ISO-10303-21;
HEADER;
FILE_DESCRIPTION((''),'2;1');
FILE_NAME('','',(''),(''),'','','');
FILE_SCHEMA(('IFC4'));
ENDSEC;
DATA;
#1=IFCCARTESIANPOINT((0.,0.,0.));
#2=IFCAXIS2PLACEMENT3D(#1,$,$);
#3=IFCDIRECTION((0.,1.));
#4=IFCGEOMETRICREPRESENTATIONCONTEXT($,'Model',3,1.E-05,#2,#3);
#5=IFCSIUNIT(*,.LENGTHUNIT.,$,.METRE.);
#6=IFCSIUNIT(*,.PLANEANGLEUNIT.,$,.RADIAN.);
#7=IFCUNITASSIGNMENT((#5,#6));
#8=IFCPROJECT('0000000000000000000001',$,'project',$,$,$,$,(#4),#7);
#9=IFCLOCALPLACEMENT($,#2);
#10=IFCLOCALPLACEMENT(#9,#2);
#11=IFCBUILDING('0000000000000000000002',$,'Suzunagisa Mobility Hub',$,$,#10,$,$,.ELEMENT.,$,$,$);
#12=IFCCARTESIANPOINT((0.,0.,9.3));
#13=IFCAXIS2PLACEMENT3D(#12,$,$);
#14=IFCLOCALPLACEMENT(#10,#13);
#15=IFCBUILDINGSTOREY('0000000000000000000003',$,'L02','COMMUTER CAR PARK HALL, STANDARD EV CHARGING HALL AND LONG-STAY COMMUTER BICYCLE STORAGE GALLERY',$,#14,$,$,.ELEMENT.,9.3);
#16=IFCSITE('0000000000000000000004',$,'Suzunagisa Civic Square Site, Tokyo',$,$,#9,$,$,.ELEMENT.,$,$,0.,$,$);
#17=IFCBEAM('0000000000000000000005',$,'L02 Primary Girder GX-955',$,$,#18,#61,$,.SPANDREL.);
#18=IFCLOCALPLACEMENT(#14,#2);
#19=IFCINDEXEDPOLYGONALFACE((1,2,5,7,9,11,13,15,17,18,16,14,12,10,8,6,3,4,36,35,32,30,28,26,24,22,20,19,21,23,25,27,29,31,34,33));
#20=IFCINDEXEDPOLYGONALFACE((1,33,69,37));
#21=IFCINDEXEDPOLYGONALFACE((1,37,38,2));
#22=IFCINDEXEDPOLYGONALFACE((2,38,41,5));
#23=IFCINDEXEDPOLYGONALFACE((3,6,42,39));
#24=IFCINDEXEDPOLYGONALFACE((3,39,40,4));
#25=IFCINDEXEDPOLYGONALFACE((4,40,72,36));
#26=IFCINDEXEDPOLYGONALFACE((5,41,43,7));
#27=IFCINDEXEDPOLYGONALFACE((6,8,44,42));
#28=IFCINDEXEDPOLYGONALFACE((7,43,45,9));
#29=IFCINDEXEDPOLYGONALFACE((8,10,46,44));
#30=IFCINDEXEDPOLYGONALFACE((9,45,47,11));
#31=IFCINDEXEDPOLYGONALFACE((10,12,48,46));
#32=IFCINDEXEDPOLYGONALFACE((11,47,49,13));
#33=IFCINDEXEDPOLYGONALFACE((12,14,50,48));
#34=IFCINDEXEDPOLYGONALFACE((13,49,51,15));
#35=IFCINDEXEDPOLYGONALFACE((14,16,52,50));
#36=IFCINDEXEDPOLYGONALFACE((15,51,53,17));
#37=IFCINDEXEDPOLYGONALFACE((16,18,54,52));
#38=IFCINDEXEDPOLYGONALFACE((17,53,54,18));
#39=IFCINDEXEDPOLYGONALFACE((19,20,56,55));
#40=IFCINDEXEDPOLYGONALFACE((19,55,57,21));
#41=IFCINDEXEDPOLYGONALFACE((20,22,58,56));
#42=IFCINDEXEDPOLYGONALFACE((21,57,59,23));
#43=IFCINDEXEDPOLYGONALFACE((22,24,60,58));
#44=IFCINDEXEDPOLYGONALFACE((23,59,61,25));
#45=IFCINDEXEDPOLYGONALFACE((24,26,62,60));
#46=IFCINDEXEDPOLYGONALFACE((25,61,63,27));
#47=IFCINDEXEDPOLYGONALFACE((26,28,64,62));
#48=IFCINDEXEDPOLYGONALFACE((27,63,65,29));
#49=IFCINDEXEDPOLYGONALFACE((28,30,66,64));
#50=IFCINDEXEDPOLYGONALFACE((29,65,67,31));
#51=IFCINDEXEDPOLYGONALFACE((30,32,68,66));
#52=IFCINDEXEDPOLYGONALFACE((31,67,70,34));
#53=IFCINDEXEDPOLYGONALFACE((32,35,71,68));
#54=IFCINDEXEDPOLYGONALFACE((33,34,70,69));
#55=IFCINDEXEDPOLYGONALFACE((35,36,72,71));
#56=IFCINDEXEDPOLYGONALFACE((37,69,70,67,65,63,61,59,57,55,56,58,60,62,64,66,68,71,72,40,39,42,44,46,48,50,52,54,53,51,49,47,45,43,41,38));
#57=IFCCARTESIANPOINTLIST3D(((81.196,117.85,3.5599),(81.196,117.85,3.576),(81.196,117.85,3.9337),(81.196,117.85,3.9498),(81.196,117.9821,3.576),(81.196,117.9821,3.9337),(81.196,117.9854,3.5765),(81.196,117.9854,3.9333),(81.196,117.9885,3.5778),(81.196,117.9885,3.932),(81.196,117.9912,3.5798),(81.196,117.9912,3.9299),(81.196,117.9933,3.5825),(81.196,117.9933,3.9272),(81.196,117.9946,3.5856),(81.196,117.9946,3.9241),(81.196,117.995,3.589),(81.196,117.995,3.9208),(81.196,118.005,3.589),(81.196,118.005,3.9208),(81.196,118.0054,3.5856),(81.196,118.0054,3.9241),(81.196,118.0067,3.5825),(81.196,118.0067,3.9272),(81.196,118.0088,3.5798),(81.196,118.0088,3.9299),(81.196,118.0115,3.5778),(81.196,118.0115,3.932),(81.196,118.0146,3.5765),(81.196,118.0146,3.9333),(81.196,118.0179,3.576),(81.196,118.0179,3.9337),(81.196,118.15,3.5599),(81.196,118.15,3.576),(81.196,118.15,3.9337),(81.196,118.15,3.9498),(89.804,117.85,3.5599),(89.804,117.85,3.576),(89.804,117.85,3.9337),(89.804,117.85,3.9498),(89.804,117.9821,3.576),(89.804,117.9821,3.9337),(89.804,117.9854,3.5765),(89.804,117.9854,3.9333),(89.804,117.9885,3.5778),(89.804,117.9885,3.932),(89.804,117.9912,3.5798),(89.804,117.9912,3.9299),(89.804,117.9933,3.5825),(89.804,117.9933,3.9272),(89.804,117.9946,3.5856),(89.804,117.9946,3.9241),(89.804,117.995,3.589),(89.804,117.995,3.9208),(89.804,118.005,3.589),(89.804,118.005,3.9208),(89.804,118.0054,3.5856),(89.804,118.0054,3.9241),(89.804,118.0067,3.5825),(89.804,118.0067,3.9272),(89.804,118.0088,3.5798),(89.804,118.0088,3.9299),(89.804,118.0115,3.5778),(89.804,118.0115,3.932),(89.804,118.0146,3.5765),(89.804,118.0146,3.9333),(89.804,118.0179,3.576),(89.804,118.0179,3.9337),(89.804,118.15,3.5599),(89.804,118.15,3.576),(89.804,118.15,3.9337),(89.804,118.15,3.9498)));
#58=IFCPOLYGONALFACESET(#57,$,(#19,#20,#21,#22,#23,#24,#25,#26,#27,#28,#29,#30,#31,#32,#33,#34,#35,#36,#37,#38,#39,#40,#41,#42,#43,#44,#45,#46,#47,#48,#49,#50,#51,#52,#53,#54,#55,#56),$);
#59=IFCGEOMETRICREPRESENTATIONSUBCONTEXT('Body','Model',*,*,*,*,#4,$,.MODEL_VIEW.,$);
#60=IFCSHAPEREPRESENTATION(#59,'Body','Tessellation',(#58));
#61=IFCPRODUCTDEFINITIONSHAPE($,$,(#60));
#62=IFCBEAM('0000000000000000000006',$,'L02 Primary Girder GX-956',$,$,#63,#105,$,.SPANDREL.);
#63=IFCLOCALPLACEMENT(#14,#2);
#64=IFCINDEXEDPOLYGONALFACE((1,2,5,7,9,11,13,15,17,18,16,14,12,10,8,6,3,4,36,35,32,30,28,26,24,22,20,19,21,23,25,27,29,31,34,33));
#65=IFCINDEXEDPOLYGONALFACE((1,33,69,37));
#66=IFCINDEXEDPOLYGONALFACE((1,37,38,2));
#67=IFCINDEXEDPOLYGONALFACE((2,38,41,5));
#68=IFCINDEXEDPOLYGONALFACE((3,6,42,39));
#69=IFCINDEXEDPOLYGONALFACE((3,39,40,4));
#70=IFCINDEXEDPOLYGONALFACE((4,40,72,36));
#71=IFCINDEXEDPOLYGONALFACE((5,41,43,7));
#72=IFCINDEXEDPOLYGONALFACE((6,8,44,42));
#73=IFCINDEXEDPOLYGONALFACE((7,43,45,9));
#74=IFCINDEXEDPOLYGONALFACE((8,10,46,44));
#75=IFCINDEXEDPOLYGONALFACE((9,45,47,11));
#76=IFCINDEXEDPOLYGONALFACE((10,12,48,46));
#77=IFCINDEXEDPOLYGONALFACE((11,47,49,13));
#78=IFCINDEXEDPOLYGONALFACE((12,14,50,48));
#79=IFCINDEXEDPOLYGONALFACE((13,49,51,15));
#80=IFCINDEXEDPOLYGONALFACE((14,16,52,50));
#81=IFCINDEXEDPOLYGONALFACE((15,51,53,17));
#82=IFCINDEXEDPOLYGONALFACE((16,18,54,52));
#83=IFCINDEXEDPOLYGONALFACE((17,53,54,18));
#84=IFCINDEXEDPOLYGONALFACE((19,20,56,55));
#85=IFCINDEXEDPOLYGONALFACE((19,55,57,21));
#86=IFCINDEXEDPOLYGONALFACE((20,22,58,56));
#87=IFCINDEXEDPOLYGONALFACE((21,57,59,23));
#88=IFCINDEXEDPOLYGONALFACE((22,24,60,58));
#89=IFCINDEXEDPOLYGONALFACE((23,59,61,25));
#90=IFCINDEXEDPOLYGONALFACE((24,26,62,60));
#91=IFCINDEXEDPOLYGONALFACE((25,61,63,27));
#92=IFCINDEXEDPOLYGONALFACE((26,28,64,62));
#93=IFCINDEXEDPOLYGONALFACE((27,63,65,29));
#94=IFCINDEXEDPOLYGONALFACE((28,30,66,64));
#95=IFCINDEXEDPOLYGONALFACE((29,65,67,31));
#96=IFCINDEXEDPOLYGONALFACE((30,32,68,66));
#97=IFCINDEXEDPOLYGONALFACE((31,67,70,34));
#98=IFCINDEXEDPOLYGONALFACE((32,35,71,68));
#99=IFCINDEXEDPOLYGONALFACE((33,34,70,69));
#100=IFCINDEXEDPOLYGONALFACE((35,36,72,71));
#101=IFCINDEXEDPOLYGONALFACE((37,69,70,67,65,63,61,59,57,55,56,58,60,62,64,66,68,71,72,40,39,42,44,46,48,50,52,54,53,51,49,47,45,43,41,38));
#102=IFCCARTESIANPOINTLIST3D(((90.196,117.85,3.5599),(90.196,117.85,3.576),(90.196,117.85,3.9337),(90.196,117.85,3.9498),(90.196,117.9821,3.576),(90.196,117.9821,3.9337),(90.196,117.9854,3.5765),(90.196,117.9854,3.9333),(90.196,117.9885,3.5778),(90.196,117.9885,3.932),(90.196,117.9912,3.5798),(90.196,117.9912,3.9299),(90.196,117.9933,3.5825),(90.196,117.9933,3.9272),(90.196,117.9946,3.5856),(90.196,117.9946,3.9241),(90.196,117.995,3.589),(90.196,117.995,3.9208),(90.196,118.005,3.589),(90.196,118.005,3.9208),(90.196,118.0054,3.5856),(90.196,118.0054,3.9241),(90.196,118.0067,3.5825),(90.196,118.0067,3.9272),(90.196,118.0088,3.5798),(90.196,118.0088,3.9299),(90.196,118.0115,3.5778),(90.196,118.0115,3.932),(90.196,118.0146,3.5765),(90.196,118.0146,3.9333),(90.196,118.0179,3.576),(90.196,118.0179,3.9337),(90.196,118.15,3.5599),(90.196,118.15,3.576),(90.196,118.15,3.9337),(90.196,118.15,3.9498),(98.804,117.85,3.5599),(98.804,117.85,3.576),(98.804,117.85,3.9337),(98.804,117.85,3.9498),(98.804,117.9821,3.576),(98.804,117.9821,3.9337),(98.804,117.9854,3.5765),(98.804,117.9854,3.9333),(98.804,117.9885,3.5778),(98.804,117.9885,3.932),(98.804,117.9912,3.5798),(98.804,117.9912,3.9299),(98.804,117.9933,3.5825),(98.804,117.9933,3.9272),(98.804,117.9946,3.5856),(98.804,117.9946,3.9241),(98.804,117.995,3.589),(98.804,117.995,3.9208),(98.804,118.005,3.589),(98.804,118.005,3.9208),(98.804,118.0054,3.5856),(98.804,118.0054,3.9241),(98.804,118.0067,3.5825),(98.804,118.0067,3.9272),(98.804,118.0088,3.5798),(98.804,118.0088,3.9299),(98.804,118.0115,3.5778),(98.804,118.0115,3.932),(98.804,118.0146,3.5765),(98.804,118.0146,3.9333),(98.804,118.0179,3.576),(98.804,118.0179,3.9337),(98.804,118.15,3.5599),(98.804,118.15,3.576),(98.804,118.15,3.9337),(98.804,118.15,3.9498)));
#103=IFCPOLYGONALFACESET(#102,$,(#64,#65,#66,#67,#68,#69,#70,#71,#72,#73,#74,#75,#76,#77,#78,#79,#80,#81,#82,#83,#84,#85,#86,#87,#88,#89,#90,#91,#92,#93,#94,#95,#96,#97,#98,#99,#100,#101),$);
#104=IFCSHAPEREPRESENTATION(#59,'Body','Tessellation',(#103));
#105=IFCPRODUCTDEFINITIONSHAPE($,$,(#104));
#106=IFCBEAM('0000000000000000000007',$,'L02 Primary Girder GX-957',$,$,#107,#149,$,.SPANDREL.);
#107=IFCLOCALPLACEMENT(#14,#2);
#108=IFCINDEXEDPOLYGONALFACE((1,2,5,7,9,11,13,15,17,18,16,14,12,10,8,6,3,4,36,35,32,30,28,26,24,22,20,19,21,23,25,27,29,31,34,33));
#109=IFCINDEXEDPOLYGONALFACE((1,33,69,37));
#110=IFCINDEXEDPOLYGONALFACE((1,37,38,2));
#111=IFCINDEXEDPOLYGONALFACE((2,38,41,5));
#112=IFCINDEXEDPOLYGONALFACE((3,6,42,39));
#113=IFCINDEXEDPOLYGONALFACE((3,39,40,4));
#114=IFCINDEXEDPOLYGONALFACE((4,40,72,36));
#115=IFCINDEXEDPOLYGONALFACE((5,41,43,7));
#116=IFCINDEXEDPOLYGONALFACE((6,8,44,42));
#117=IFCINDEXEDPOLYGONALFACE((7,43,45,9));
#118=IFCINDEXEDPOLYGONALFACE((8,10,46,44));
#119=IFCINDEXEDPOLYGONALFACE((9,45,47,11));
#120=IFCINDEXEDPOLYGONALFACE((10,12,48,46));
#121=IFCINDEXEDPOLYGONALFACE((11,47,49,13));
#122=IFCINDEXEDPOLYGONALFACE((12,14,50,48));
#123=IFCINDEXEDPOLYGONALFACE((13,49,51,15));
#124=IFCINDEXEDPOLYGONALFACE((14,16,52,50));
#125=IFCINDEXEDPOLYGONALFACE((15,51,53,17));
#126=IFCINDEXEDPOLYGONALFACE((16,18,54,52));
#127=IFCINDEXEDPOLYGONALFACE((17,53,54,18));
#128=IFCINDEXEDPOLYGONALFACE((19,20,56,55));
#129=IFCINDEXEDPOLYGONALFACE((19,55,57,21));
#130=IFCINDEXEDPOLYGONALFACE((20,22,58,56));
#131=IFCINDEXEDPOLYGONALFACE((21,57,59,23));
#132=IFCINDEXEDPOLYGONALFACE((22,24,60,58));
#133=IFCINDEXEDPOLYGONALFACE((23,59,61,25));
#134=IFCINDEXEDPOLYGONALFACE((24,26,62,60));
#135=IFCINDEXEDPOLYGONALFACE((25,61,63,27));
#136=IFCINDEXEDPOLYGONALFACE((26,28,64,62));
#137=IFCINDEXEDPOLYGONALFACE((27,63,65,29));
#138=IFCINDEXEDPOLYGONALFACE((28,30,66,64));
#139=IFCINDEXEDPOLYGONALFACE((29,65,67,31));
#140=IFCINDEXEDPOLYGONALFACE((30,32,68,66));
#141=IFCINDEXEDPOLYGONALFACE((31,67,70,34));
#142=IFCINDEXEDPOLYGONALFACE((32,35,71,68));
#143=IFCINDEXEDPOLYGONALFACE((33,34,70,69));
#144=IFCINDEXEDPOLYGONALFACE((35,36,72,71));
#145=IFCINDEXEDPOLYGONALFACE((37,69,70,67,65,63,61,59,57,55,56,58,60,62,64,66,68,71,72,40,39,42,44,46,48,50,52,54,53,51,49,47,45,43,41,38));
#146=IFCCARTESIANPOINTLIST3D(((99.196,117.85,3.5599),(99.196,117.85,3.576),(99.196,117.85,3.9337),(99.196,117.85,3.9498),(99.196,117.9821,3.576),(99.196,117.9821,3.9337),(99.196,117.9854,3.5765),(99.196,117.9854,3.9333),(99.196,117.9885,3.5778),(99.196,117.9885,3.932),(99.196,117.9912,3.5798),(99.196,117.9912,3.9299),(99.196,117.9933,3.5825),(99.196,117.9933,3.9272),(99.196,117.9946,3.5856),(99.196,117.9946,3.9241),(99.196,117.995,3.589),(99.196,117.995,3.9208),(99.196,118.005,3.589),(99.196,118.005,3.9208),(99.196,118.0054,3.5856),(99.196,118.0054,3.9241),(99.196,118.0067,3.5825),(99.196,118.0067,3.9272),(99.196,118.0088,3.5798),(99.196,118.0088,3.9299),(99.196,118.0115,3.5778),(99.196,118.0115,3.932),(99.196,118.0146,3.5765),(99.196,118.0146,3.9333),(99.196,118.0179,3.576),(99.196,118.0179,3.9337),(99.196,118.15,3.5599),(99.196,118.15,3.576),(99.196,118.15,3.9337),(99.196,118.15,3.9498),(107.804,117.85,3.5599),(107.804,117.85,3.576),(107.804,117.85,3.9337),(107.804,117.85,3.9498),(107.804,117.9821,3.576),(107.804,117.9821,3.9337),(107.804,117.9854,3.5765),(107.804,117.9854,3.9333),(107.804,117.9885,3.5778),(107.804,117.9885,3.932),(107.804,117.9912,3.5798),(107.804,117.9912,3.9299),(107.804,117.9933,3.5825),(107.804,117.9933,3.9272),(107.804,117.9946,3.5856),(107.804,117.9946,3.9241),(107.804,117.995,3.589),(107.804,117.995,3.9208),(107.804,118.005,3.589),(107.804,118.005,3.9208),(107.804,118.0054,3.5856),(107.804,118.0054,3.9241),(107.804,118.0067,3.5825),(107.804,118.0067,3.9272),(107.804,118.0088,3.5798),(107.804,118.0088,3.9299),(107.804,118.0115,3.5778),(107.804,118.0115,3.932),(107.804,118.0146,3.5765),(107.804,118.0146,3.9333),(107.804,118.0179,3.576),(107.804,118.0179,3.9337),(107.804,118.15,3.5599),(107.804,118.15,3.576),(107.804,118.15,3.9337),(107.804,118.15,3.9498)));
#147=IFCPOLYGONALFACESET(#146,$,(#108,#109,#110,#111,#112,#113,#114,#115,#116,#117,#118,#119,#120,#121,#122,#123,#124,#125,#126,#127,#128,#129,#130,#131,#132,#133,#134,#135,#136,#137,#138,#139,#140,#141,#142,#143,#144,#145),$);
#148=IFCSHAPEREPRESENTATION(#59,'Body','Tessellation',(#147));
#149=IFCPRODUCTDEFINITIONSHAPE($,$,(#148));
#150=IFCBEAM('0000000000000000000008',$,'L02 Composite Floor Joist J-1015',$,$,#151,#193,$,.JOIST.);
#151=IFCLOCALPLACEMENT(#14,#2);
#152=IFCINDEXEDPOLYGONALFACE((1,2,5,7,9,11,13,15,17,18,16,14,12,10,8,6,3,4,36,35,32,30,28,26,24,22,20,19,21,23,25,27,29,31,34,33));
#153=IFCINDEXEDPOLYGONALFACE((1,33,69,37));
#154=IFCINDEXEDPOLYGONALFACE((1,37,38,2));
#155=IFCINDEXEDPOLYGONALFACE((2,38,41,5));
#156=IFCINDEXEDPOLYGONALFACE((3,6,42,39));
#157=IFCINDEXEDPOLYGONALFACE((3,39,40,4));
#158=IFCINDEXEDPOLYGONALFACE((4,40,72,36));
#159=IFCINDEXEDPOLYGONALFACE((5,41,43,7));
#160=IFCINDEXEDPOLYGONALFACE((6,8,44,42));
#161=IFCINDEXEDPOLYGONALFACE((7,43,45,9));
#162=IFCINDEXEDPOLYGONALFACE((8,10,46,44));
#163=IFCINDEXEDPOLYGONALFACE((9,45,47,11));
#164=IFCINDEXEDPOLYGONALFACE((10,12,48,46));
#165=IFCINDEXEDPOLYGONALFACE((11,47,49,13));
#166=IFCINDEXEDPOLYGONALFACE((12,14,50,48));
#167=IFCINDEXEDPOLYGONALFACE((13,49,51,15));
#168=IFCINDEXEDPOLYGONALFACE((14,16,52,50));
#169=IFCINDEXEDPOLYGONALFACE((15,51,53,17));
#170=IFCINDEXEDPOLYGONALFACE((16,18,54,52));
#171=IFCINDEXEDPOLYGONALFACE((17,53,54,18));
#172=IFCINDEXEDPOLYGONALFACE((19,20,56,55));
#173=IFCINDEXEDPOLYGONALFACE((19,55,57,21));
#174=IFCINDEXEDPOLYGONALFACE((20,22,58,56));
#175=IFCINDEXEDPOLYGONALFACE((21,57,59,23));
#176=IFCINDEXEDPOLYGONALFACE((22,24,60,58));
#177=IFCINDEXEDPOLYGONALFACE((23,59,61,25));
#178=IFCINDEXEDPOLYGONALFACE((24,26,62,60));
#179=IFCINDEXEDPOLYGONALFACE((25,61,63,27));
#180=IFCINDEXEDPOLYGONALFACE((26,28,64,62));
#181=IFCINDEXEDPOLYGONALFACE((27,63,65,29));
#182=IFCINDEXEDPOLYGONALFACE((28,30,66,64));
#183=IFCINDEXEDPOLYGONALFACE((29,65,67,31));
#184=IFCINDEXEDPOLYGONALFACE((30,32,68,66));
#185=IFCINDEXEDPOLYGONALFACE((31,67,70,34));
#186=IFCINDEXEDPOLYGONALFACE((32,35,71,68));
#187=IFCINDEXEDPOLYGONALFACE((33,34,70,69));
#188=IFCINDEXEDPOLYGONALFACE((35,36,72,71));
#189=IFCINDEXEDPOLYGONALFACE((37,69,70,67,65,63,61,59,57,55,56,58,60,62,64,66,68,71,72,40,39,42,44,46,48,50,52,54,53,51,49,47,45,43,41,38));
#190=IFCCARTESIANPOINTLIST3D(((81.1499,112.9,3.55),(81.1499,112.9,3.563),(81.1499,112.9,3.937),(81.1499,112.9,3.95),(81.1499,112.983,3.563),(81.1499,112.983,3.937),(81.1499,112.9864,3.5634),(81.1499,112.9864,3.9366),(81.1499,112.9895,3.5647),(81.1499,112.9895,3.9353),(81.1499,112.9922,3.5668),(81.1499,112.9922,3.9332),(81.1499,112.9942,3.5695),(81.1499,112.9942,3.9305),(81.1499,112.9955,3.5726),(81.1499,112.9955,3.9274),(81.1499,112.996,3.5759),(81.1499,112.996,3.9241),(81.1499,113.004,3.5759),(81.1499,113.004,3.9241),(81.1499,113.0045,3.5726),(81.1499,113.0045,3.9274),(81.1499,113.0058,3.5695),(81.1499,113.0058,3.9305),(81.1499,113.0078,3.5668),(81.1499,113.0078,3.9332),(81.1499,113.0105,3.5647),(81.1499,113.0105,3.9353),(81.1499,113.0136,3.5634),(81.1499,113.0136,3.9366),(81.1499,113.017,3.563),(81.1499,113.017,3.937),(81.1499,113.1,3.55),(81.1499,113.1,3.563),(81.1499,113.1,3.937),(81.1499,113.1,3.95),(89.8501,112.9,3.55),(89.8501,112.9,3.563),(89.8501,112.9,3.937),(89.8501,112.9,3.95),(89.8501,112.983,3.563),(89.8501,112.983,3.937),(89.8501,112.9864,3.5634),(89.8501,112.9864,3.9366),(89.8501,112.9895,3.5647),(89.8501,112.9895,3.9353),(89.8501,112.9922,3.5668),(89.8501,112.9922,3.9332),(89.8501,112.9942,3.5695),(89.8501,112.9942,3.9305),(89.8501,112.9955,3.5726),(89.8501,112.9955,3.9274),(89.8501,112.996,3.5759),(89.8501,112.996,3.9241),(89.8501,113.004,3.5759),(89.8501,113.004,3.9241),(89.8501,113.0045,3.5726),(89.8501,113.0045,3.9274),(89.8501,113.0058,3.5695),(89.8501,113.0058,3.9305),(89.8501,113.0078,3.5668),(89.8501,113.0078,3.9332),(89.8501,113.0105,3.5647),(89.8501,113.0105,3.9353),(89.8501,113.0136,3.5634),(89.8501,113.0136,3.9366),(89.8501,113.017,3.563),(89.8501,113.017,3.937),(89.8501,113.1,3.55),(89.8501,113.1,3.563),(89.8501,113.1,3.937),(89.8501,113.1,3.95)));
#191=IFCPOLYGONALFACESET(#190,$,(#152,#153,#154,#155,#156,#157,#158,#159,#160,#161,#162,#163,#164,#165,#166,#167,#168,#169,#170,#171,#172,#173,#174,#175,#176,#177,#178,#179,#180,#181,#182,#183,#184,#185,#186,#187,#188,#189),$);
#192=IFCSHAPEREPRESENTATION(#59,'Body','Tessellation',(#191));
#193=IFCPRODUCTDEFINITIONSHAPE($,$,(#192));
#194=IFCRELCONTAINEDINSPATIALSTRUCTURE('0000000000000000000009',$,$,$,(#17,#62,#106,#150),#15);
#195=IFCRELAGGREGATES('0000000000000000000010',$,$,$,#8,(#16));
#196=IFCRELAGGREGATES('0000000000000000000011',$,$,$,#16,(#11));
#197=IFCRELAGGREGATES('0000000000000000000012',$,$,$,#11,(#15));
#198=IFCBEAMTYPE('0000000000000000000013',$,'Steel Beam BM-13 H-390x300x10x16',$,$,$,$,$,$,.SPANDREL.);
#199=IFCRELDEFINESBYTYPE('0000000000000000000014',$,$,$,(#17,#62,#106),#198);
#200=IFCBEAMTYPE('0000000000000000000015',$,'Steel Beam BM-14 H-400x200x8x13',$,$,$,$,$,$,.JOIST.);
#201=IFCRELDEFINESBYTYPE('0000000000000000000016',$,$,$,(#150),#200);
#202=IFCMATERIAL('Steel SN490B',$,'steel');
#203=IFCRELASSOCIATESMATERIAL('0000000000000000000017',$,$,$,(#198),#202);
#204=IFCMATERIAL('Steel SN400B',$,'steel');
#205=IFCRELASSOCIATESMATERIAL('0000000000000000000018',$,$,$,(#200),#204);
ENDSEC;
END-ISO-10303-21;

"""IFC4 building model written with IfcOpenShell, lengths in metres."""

from ifc_helpers import new_model, si_unit, direction, frame, origin, origin_2d, place, context, subcontext, project, spatial, i_section, extrude, material, material_profile, profile_set, type_object, element, save


model = new_model("IFC4")

# Units and contexts
model_context = context("Model", 3, precision=1e-05, world=origin(), true_north=direction((0.0, 1.0)))
body_context = subcontext(model_context, "Body", "Model", "MODEL_VIEW")
ifc_project = project(units=[si_unit("LENGTHUNIT", "METRE"), si_unit("PLANEANGLEUNIT", "RADIAN")], contexts=[model_context])

# Site, building, storey
site_placement = place(None, origin())
site = spatial("IfcSite", under=ifc_project, at=site_placement, Name="Suzunagisa Civic Square Site, Tokyo", CompositionType="ELEMENT", RefElevation=0.0)
building_placement = place(site_placement, origin())
building = spatial("IfcBuilding", under=site, at=building_placement, Name="Suzunagisa Mobility Hub", CompositionType="ELEMENT")
storey_placement = place(building_placement, frame((0.0, 0.0, 9.3)))
storey = spatial("IfcBuildingStorey", under=building, at=storey_placement, Name="L02", Description="COMMUTER CAR PARK HALL, STANDARD EV CHARGING HALL AND LONG-STAY COMMUTER BICYCLE STORAGE GALLERY", CompositionType="ELEMENT", Elevation=9.3)

# Shared definitions
ifc_material_1 = material(Name="Steel SN490B", Category="steel")

# Beams
ifc_material_profile_1 = material_profile(ifc_material_1, i_section(OverallWidth=0.3, OverallDepth=0.3899, WebThickness=0.01, FlangeThickness=0.0161, FilletRadius=0.0129, at=origin_2d()), Name="H-390x300x10x16")
ifc_profile_set_1 = profile_set([ifc_material_profile_1], Name="Steel SN490B")
beam_type_1 = type_object("IfcBeamType", Name="Steel Beam BM-13 H-390x300x10x16", PredefinedType="SPANDREL", material=ifc_profile_set_1)
for number, where, z_axis, x_axis, name in (
    (1, (81.196, 118.0, 3.7549), (1.0, 0.0, 0.0), (0.0, 1.0, 0.0), "L02 Primary Girder GX-955"),
    (2, (90.196, 118.0, 3.7549), (1.0, 0.0, 0.0), (0.0, 1.0, 0.0), "L02 Primary Girder GX-956"),
    (3, (99.196, 118.0, 3.7549), (1.0, 0.0, 0.0), (0.0, 1.0, 0.0), "L02 Primary Girder GX-957"),
):
    element("IfcBeam", number, at=place(storey_placement, frame(where, z_axis=z_axis, x_axis=x_axis)), inside=storey, type_object=beam_type_1, Name=name, PredefinedType="SPANDREL", context=body_context, shape_type="SweptSolid", body=[
        extrude(i_section(OverallWidth=0.3, OverallDepth=0.3899, WebThickness=0.01, FlangeThickness=0.0161, FilletRadius=0.0129, at=origin_2d()), origin(), (0.0, 0.0, 1.0), 8.6079),
    ])
ifc_material_2 = material(Name="Steel SN400B", Category="steel")
ifc_material_profile_2 = material_profile(ifc_material_2, i_section(OverallWidth=0.2, OverallDepth=0.3999, WebThickness=0.0081, FlangeThickness=0.0129, FilletRadius=0.0129, at=origin_2d()), Name="H-400x200x8x13")
ifc_profile_set_2 = profile_set([ifc_material_profile_2], Name="Steel SN400B")
beam_type_2 = type_object("IfcBeamType", Name="Steel Beam BM-14 H-400x200x8x13", PredefinedType="JOIST", material=ifc_profile_set_2)
for number, where, z_axis, x_axis, name in (
    (4, (81.1499, 113.0, 3.75), (1.0, 0.0, 0.0), (0.0, 1.0, 0.0), "L02 Composite Floor Joist J-1015"),
):
    element("IfcBeam", number, at=place(storey_placement, frame(where, z_axis=z_axis, x_axis=x_axis)), inside=storey, type_object=beam_type_2, Name=name, PredefinedType="JOIST", context=body_context, shape_type="SweptSolid", body=[
        extrude(i_section(OverallWidth=0.2, OverallDepth=0.3999, WebThickness=0.0081, FlangeThickness=0.0129, FilletRadius=0.0129, at=origin_2d()), origin(), (0.0, 0.0, 1.0), 8.7002),
    ])

save(model, "model.ifc")
